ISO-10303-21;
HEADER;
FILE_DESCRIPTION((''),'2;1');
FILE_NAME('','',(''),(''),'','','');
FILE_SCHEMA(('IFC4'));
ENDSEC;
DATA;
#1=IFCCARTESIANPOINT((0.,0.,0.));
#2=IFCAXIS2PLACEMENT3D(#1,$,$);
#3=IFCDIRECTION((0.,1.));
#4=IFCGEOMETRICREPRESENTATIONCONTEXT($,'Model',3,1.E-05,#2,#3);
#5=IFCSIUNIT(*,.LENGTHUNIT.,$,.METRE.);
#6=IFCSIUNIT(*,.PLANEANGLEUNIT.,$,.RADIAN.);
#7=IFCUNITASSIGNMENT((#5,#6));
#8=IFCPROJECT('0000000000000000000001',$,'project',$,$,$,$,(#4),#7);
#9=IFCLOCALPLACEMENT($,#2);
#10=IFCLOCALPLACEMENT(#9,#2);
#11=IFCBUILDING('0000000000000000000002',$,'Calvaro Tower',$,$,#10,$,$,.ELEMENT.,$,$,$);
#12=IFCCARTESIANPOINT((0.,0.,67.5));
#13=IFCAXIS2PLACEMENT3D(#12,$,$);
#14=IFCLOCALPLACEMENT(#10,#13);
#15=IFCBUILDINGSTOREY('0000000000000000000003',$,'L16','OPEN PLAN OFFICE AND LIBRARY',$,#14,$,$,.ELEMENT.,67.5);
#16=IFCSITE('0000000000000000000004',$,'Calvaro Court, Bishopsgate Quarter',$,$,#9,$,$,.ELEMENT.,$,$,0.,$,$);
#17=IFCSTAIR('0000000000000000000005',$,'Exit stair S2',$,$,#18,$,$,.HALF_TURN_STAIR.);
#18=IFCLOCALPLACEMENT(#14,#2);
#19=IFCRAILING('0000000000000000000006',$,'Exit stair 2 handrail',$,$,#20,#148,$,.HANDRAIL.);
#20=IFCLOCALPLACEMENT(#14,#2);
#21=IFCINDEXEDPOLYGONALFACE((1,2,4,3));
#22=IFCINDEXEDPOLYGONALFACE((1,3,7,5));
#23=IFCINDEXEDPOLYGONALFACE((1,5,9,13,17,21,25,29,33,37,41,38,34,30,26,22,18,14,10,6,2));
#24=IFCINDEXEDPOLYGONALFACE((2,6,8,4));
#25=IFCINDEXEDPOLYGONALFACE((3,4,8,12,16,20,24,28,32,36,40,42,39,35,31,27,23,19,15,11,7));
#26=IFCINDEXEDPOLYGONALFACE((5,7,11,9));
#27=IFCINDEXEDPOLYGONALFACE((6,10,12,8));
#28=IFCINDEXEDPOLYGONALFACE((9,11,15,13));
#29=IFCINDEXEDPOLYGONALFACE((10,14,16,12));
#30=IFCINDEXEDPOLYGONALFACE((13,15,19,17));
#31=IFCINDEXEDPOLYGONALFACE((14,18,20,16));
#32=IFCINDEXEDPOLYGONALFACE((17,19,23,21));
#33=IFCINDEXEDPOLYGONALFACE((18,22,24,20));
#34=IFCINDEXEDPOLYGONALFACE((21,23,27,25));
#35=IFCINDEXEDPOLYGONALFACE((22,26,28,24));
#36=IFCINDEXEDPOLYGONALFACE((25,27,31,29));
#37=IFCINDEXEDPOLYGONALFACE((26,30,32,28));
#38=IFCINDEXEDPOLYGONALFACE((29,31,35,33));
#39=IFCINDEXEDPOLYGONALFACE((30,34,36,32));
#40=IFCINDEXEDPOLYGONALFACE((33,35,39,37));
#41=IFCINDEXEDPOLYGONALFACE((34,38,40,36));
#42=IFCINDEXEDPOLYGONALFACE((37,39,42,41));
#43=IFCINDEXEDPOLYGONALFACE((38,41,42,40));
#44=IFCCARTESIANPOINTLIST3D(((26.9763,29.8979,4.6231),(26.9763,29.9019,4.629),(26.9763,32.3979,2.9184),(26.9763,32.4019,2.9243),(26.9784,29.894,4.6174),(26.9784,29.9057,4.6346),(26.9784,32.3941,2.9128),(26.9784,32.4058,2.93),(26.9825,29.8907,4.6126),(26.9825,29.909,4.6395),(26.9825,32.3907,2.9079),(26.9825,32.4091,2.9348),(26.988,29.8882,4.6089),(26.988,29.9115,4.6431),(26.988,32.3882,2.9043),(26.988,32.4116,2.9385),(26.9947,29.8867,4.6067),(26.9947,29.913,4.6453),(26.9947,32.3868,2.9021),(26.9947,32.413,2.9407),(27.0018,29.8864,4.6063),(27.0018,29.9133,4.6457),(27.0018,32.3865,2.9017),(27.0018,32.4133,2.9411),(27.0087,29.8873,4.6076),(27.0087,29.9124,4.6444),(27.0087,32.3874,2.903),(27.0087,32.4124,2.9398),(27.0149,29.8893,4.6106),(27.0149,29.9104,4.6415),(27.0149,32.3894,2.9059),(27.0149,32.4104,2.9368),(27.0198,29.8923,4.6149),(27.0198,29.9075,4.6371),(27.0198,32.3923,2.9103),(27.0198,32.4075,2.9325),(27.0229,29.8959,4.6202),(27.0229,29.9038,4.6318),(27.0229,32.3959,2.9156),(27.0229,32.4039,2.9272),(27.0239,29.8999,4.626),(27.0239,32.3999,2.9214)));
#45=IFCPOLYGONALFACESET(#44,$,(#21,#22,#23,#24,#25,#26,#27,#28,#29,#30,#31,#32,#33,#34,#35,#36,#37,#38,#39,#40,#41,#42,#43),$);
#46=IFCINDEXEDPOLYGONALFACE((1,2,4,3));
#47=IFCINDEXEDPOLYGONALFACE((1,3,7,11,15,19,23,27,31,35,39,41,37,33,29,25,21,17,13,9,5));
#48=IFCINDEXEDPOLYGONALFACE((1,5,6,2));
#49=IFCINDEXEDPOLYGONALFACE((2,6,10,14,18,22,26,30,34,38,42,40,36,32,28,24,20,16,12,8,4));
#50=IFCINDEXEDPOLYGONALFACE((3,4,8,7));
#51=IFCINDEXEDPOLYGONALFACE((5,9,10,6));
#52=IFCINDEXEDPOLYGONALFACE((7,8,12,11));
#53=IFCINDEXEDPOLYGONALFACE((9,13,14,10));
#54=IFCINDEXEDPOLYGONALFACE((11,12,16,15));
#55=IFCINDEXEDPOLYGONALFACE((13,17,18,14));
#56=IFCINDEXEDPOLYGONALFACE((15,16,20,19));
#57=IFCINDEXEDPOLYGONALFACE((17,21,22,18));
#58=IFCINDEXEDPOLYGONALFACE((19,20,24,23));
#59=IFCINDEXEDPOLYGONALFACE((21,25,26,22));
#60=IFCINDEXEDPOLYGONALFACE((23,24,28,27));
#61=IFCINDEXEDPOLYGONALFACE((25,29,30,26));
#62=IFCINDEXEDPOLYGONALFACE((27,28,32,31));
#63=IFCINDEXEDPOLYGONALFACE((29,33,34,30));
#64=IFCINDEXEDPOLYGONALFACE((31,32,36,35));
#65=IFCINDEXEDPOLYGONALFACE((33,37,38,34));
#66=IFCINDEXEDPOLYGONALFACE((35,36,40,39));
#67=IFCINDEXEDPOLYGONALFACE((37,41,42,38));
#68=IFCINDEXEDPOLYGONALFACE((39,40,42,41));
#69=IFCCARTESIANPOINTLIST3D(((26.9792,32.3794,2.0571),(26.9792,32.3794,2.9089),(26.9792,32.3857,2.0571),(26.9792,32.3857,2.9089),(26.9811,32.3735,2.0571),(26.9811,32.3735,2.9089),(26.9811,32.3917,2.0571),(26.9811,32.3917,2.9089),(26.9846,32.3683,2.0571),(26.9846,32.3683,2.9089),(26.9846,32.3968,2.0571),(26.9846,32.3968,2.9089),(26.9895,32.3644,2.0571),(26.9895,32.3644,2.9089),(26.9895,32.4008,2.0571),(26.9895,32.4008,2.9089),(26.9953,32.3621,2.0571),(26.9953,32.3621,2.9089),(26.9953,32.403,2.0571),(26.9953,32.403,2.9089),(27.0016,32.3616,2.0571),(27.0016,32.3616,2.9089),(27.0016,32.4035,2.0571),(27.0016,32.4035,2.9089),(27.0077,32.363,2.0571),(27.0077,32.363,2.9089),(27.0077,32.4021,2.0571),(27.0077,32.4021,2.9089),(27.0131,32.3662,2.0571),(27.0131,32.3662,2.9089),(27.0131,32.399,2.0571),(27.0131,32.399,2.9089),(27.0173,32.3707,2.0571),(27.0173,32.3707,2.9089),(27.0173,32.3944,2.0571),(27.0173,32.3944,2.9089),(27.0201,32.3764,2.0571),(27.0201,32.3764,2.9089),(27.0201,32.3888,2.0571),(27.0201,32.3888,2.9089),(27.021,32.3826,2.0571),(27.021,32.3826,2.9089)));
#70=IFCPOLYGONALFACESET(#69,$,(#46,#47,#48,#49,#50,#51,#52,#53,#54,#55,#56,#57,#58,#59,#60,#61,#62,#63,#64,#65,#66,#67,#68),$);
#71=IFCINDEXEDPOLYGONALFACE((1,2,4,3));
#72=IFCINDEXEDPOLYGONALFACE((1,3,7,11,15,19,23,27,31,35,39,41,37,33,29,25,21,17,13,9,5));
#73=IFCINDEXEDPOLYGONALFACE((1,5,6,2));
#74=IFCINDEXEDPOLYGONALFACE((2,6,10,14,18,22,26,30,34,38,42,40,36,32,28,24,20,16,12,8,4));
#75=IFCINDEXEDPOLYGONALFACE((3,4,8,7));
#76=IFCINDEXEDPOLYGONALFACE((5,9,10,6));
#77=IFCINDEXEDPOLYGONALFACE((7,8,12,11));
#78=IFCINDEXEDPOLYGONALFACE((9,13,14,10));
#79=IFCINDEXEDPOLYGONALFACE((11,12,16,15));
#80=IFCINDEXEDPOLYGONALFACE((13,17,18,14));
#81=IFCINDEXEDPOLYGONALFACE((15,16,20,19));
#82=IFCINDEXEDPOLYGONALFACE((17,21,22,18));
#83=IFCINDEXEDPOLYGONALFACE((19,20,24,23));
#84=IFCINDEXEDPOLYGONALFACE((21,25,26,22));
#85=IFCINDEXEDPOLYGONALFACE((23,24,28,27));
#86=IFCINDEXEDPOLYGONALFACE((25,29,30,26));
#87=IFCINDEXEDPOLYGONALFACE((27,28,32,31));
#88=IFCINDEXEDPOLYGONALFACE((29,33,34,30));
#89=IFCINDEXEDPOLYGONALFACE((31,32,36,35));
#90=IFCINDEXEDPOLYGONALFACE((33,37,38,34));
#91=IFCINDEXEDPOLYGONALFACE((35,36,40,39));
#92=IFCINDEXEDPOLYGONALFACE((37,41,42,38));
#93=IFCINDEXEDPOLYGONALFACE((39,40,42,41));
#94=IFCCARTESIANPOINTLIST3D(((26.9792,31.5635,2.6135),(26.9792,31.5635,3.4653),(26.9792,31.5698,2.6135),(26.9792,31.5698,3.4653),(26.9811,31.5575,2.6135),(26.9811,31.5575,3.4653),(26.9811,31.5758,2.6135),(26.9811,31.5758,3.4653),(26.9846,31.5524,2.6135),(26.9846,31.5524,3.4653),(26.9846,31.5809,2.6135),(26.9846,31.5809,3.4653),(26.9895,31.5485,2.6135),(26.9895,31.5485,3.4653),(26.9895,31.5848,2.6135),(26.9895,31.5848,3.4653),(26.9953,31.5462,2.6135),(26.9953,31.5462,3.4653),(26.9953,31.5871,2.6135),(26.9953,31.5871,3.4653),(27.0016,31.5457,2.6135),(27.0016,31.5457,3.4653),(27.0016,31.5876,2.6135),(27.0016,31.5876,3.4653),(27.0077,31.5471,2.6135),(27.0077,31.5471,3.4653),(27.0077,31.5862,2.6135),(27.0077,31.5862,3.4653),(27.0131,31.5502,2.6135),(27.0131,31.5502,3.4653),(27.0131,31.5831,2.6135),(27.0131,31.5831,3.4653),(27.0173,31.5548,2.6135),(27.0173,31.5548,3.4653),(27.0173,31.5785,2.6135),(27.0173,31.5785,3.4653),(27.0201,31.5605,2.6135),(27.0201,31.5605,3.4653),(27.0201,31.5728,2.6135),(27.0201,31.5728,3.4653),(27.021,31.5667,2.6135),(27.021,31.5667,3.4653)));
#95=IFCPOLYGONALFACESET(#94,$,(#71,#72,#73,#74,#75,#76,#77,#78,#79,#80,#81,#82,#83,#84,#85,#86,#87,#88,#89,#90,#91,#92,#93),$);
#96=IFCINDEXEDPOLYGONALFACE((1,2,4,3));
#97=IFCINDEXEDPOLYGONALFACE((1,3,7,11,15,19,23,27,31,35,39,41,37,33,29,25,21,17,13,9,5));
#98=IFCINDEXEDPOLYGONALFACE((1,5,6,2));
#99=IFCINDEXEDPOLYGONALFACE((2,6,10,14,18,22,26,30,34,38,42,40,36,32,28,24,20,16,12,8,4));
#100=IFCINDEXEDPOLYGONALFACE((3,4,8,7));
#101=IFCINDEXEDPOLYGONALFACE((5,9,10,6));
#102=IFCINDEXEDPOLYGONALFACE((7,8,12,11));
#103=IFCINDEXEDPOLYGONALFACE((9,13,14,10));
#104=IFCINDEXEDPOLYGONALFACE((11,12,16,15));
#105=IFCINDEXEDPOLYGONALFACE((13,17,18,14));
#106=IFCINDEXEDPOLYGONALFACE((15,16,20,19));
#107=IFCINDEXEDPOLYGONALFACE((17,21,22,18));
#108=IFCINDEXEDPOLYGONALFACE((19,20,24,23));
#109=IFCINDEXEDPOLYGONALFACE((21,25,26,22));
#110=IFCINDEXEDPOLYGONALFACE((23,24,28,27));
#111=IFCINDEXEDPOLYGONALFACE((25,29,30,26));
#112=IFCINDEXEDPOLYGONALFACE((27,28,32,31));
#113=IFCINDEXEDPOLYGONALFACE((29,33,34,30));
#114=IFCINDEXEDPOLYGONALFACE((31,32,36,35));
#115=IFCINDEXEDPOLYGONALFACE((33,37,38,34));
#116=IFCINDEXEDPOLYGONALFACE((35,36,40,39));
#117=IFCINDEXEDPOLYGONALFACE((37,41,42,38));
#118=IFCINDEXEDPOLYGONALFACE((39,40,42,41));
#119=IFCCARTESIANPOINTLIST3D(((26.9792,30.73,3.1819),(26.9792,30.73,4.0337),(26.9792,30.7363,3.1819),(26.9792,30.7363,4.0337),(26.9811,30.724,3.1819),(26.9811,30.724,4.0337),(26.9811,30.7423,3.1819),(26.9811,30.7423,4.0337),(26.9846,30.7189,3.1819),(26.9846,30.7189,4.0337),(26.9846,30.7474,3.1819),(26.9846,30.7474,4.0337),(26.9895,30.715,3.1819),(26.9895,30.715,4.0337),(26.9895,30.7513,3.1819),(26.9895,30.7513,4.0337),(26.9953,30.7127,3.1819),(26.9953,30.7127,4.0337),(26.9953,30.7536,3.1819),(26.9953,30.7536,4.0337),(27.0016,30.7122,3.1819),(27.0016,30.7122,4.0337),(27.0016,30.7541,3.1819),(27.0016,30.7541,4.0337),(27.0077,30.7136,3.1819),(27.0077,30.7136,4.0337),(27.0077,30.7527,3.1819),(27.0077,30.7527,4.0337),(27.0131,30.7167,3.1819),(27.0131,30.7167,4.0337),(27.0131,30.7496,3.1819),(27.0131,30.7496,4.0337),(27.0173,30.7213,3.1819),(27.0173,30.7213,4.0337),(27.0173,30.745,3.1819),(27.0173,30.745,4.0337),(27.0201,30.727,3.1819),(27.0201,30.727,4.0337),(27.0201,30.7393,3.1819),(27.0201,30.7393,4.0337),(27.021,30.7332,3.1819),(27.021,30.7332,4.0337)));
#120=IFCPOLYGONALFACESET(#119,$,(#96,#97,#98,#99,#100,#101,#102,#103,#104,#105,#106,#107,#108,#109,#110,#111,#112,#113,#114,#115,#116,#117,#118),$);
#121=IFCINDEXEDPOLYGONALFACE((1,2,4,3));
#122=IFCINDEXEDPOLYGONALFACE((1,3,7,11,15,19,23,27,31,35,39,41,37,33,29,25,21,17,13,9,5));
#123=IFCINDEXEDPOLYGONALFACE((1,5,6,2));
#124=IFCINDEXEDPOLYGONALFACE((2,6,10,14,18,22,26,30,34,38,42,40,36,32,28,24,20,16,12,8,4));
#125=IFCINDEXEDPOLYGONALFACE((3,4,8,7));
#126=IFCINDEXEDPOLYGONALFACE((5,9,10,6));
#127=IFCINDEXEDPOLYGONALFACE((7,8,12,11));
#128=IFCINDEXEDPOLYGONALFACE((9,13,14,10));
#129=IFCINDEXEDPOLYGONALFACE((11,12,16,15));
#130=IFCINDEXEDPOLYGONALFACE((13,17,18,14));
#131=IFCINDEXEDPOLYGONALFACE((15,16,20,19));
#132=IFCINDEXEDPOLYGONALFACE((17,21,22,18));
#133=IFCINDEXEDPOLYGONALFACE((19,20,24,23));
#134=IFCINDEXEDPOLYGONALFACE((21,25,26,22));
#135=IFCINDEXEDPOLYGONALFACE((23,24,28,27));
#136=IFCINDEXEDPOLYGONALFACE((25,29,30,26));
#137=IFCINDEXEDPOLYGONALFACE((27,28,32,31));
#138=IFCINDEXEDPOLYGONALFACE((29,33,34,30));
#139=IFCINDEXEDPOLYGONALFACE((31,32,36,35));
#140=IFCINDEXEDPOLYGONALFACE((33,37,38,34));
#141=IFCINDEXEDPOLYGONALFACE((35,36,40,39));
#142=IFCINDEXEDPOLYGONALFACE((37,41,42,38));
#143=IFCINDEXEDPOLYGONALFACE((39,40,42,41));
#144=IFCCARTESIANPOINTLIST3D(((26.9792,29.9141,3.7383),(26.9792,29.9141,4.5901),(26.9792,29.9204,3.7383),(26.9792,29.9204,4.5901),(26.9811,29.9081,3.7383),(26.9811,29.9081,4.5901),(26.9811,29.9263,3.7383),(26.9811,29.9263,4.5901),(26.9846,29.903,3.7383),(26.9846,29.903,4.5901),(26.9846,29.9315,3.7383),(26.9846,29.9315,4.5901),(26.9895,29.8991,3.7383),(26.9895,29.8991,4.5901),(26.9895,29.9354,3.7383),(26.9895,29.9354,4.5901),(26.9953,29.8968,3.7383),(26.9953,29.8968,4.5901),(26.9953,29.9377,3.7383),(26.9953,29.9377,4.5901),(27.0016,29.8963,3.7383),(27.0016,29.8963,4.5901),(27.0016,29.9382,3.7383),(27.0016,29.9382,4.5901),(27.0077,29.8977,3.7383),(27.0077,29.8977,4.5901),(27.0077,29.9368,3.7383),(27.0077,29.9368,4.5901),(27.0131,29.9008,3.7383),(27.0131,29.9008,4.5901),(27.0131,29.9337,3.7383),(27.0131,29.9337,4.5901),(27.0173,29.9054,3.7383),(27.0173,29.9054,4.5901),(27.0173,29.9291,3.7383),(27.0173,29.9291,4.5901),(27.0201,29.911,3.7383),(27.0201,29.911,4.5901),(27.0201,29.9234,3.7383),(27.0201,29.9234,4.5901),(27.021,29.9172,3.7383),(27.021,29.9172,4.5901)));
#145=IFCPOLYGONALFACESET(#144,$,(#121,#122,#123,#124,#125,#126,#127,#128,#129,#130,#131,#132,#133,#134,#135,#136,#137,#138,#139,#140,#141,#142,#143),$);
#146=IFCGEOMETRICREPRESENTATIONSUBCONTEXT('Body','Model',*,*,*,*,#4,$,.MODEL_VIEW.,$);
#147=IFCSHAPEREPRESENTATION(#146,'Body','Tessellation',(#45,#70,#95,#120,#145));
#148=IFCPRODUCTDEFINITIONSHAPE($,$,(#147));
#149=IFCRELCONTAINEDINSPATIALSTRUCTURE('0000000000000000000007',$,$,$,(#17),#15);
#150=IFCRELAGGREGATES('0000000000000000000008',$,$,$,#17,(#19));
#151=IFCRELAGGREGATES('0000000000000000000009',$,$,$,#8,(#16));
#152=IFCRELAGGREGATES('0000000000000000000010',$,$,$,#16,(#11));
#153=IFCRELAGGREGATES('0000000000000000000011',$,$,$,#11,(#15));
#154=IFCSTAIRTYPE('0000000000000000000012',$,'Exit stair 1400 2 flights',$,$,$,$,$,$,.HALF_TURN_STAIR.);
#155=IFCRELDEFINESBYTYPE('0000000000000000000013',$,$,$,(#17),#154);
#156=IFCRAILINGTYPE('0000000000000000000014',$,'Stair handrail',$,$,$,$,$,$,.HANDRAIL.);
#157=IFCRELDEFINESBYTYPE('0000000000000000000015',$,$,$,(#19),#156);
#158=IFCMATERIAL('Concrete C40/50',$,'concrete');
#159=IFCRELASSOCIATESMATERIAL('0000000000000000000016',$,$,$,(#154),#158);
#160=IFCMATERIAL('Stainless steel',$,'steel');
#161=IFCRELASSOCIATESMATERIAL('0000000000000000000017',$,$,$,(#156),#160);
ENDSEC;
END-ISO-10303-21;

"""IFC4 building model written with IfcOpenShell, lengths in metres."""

from ifc_helpers import new_model, si_unit, direction, frame, origin, origin_2d, place, context, subcontext, project, spatial, circle, extrude, material, type_object, element, aggregate, save


model = new_model("IFC4")

# Units and contexts
model_context = context("Model", 3, precision=1e-05, world=origin(), true_north=direction((0.0, 1.0)))
body_context = subcontext(model_context, "Body", "Model", "MODEL_VIEW")
ifc_project = project(units=[si_unit("LENGTHUNIT", "METRE"), si_unit("PLANEANGLEUNIT", "RADIAN")], contexts=[model_context])

# Site, building, storey
site_placement = place(None, origin())
site = spatial("IfcSite", under=ifc_project, at=site_placement, Name="Calvaro Court, Bishopsgate Quarter", CompositionType="ELEMENT", RefElevation=0.0)
building_placement = place(site_placement, origin())
building = spatial("IfcBuilding", under=site, at=building_placement, Name="Calvaro Tower", CompositionType="ELEMENT")
storey_placement = place(building_placement, frame((0.0, 0.0, 67.5)))
storey = spatial("IfcBuildingStorey", under=building, at=storey_placement, Name="L16", Description="OPEN PLAN OFFICE AND LIBRARY", CompositionType="ELEMENT", Elevation=67.5)

# Stair, railing
ifc_material_1 = material(Name="Concrete C40/50", Category="concrete")
stair_type = type_object("IfcStairType", Name="Exit stair 1400 2 flights", PredefinedType="HALF_TURN_STAIR", material=ifc_material_1)
stair_placement = place(storey_placement, origin())
stair = element("IfcStair", 1, at=stair_placement, inside=storey, type_object=stair_type, Name="Exit stair S2", PredefinedType="HALF_TURN_STAIR")
ifc_material_2 = material(Name="Stainless steel", Category="steel")
railing_type = type_object("IfcRailingType", Name="Stair handrail", PredefinedType="HANDRAIL", material=ifc_material_2)
railing_1_placement = place(storey_placement, frame((27.0, 32.3999, 2.0454)))
railing_1 = element("IfcRailing", 2, at=railing_1_placement, type_object=railing_type, Name="Exit stair 2 handrail", PredefinedType="HANDRAIL", context=body_context, shape_type="SweptSolid", body=[
    extrude(circle(Radius=0.0239, at=origin_2d()), frame((0.0, 0.0, 0.876), z_axis=(0.0, -0.826221, 0.563347), x_axis=(1.0, 0.0, 0.0)), (0.0, 0.0, 1.0), 3.0259),
    extrude(circle(Radius=0.021, at=origin_2d()), frame((0.0, -0.0173, 0.0117)), (0.0, 0.0, 1.0), 0.8518),
    extrude(circle(Radius=0.021, at=origin_2d()), frame((0.0, -0.8333, 0.5681)), (0.0, 0.0, 1.0), 0.8518),
    extrude(circle(Radius=0.021, at=origin_2d()), frame((0.0, -1.6667, 1.1365)), (0.0, 0.0, 1.0), 0.8518),
    extrude(circle(Radius=0.021, at=origin_2d()), frame((0.0, -2.4827, 1.6929)), (0.0, 0.0, 1.0), 0.8518),
])
aggregate(stair, [railing_1])

save(model, "model.ifc")
